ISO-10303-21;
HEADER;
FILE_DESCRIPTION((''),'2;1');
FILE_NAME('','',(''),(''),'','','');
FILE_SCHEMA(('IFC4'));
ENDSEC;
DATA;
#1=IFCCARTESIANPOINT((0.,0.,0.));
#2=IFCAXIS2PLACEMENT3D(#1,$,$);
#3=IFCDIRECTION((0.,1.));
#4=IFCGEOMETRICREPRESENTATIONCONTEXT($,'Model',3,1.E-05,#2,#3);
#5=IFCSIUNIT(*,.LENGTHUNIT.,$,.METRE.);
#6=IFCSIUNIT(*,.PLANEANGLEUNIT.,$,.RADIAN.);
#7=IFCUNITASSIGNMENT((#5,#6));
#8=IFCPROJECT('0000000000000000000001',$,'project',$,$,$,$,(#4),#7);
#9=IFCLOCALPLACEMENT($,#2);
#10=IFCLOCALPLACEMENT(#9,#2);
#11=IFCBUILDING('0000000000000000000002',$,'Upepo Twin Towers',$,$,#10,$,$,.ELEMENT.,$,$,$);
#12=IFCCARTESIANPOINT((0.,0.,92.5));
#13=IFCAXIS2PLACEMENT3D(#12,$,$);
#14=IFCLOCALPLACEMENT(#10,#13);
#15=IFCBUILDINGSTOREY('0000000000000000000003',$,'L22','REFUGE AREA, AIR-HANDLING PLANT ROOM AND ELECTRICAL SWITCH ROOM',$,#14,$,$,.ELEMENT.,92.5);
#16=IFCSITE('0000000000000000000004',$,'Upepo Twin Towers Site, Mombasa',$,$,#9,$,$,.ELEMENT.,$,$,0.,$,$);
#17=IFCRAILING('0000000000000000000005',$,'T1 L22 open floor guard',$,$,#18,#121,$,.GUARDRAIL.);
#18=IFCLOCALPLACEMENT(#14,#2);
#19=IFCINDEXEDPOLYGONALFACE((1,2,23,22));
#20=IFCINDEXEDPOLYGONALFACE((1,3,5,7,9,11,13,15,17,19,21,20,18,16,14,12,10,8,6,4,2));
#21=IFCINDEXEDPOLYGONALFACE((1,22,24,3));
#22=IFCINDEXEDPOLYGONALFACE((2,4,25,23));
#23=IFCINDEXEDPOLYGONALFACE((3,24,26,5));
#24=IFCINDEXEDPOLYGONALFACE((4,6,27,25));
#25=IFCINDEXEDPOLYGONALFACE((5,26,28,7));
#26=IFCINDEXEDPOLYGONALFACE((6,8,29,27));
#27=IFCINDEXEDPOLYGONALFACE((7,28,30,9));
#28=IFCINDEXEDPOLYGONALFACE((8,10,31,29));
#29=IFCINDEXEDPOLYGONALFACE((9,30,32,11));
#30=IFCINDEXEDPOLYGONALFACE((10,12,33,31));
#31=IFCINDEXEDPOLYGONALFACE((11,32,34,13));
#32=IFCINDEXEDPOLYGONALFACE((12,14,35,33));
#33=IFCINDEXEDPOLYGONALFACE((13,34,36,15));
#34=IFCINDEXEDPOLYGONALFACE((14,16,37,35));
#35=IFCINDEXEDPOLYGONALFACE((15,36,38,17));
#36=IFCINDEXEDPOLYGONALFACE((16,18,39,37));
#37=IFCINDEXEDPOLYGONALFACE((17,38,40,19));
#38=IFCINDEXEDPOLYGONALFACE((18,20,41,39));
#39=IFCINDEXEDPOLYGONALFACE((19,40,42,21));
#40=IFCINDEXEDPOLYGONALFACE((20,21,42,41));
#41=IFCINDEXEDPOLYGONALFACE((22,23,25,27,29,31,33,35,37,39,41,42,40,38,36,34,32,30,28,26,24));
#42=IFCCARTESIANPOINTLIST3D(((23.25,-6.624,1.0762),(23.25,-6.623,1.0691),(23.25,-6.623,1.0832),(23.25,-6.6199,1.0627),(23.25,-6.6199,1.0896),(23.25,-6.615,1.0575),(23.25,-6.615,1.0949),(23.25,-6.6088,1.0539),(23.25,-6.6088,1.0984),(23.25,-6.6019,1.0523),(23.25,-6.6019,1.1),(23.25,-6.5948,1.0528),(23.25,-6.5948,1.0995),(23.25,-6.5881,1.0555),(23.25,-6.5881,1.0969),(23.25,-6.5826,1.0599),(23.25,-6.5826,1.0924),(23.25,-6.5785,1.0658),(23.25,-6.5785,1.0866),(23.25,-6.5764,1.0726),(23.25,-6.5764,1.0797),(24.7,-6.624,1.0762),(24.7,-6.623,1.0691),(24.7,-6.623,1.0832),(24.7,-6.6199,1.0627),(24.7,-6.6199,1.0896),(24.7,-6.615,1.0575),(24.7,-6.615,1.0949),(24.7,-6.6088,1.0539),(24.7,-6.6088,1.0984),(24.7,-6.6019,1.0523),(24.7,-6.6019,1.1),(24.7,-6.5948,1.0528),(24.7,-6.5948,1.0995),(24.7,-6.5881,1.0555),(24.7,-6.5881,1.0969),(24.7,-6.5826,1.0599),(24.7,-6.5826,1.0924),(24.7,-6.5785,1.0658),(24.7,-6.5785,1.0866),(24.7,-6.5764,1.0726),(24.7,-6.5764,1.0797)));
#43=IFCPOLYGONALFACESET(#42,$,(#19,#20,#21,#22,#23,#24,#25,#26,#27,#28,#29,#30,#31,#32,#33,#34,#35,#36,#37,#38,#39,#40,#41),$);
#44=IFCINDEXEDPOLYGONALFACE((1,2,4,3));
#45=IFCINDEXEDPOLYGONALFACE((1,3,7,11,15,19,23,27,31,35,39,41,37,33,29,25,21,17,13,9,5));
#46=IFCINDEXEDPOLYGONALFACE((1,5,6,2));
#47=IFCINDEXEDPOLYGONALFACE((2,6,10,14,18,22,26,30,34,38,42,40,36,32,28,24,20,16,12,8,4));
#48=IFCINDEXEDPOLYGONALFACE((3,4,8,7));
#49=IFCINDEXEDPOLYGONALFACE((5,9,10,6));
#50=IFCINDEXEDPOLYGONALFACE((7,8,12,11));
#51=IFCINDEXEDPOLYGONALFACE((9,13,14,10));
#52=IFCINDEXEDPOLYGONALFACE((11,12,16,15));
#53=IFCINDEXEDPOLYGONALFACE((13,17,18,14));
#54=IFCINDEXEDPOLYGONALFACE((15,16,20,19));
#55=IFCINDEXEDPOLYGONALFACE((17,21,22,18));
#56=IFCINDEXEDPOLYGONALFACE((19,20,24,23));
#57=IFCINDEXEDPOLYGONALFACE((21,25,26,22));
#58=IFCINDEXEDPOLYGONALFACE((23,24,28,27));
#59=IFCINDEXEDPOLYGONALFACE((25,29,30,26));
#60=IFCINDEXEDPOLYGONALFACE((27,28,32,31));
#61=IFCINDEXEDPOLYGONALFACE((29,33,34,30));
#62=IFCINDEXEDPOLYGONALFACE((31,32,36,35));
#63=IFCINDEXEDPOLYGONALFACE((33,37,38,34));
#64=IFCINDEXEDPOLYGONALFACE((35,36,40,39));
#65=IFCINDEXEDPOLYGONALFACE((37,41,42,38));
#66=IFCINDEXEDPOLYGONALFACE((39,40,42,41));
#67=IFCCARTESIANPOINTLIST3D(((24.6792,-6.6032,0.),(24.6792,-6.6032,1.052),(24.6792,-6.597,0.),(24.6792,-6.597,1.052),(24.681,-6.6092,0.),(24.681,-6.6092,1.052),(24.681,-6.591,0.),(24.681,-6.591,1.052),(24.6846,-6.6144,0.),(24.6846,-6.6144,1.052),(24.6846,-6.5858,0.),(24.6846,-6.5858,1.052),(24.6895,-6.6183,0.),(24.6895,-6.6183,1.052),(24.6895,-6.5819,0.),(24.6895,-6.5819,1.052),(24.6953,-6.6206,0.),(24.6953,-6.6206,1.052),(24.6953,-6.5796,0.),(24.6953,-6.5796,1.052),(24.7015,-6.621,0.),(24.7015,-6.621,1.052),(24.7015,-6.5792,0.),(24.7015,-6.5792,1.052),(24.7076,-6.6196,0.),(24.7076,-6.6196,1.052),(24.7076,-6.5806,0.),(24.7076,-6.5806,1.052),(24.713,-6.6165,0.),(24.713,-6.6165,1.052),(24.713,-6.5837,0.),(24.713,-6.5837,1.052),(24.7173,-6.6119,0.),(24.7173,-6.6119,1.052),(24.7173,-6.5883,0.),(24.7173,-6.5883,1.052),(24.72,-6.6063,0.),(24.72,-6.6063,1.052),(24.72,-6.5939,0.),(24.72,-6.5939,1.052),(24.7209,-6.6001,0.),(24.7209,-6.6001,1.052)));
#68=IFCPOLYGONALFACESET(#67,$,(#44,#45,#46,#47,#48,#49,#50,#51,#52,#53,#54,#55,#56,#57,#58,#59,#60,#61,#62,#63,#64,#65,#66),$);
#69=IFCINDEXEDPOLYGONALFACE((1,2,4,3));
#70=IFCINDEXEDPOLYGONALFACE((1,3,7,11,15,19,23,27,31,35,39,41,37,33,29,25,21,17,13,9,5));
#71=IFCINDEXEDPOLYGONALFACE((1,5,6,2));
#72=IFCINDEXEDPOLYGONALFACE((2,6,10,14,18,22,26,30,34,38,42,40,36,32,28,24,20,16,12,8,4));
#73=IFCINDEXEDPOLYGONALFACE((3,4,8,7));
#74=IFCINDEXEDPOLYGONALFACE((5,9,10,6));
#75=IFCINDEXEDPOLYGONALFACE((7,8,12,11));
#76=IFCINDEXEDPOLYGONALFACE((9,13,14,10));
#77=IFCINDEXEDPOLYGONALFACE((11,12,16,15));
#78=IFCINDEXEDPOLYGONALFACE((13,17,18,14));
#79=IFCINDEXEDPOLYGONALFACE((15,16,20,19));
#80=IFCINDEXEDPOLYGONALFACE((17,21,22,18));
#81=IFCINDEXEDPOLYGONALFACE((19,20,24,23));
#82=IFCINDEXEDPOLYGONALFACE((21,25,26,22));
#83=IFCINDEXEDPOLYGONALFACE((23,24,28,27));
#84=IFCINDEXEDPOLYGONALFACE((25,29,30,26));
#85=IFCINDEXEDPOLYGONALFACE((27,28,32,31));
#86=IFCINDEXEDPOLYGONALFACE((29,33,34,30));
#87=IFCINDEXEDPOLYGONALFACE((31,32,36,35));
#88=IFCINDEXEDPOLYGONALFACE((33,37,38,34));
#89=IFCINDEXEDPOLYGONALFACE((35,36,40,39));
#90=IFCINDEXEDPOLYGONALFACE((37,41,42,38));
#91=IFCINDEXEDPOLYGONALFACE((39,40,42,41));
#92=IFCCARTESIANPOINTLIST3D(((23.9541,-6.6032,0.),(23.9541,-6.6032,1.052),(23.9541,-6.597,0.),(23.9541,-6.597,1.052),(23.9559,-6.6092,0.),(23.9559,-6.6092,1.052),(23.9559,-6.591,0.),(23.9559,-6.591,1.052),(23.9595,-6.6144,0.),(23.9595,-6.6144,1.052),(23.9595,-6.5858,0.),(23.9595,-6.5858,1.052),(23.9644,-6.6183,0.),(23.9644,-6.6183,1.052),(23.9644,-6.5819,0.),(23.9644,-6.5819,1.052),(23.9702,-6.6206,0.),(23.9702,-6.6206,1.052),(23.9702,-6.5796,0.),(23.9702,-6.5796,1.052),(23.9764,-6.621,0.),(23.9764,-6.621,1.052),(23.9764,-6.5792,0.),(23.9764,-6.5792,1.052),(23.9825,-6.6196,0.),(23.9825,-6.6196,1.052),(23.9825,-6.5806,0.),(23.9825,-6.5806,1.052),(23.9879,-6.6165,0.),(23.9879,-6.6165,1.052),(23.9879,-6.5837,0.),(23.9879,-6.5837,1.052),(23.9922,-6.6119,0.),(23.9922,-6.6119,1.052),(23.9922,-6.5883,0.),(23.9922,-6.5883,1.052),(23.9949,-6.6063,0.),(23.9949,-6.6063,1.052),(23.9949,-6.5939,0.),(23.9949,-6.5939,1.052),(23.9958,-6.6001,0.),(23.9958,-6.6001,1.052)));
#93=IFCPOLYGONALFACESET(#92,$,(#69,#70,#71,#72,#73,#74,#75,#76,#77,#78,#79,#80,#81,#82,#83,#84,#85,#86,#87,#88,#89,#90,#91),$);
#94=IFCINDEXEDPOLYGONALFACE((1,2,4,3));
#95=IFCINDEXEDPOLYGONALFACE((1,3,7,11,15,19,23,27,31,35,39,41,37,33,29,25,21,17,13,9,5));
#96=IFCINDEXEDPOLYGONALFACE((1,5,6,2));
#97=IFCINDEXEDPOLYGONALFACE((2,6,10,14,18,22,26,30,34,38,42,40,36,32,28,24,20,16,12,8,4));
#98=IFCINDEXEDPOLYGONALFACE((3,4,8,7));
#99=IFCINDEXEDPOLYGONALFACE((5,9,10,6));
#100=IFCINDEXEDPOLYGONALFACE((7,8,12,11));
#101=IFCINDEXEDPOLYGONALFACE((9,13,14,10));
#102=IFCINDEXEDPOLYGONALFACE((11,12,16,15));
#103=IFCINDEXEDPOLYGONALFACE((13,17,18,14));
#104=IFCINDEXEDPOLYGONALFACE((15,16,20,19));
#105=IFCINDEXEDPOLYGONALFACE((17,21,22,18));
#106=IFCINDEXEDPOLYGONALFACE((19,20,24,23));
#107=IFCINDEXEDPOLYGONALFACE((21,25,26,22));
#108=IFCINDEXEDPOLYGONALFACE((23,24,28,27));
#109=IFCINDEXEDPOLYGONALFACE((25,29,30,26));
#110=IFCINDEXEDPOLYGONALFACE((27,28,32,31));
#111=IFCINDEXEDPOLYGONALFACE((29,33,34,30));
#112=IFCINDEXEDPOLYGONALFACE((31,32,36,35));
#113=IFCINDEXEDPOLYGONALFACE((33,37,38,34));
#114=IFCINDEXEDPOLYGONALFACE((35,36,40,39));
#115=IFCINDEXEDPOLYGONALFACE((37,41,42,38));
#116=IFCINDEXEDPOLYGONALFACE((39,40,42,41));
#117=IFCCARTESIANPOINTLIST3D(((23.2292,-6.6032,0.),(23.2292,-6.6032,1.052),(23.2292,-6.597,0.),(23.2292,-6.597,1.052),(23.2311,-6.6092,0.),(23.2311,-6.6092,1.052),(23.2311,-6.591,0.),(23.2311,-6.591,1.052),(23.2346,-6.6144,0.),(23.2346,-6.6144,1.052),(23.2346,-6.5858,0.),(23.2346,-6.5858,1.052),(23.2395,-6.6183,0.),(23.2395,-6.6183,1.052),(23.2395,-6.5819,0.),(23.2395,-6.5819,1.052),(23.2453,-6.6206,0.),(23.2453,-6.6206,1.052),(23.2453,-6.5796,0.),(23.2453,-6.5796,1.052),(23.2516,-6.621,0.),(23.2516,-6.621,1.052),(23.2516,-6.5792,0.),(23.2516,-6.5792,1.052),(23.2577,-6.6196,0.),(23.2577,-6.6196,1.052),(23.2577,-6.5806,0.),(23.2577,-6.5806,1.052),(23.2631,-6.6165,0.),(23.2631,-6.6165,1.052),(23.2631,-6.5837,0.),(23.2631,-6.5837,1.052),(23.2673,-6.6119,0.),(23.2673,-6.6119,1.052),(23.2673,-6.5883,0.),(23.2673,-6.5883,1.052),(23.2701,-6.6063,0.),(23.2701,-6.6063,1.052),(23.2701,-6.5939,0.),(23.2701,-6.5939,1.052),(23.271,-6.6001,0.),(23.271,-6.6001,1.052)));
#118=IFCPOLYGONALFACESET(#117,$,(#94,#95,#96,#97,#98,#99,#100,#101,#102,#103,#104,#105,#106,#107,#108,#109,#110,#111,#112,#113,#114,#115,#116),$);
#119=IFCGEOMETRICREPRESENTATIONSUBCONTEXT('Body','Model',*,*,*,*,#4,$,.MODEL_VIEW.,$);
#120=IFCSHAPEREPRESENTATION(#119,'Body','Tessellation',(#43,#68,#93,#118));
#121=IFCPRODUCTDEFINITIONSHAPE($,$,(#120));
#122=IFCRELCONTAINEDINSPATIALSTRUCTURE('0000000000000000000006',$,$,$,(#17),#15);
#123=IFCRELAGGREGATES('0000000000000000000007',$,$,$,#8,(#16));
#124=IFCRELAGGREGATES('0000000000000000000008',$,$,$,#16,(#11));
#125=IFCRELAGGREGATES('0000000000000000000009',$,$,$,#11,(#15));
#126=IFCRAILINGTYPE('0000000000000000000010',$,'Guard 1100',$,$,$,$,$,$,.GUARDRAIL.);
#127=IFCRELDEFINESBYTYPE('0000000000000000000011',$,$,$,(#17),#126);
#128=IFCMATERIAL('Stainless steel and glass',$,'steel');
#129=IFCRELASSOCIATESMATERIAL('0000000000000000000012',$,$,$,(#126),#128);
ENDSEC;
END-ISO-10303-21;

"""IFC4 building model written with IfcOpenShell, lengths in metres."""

from ifc_helpers import new_model, si_unit, direction, frame, origin, origin_2d, place, context, subcontext, project, spatial, circle, extrude, material, type_object, element, save


model = new_model("IFC4")

# Units and contexts
model_context = context("Model", 3, precision=1e-05, world=origin(), true_north=direction((0.0, 1.0)))
body_context = subcontext(model_context, "Body", "Model", "MODEL_VIEW")
ifc_project = project(units=[si_unit("LENGTHUNIT", "METRE"), si_unit("PLANEANGLEUNIT", "RADIAN")], contexts=[model_context])

# Site, building, storey
site_placement = place(None, origin())
site = spatial("IfcSite", under=ifc_project, at=site_placement, Name="Upepo Twin Towers Site, Mombasa", CompositionType="ELEMENT", RefElevation=0.0)
building_placement = place(site_placement, origin())
building = spatial("IfcBuilding", under=site, at=building_placement, Name="Upepo Twin Towers", CompositionType="ELEMENT")
storey_placement = place(building_placement, frame((0.0, 0.0, 92.5)))
storey = spatial("IfcBuildingStorey", under=building, at=storey_placement, Name="L22", Description="REFUGE AREA, AIR-HANDLING PLANT ROOM AND ELECTRICAL SWITCH ROOM", CompositionType="ELEMENT", Elevation=92.5)

# Railing
ifc_material_1 = material(Name="Stainless steel and glass", Category="steel")
railing_type_1 = type_object("IfcRailingType", Name="Guard 1100", PredefinedType="GUARDRAIL", material=ifc_material_1)
railing_1_placement = place(storey_placement, frame((24.7, -6.6001, 0.0)))
element("IfcRailing", 1, at=railing_1_placement, inside=storey, type_object=railing_type_1, Name="T1 L22 open floor guard", PredefinedType="GUARDRAIL", context=body_context, shape_type="SweptSolid", body=[
    extrude(circle(Radius=0.0239, at=origin_2d()), frame((0.0, 0.0, 1.0762), z_axis=(-1.0, 0.0, 0.0), x_axis=(0.0, -1.0, 0.0)), (0.0, 0.0, 1.0), 1.45),
    extrude(circle(Radius=0.021, at=origin_2d()), origin(), (0.0, 0.0, 1.0), 1.052),
    extrude(circle(Radius=0.021, at=origin_2d()), frame((-0.7251, 0.0, 0.0)), (0.0, 0.0, 1.0), 1.052),
    extrude(circle(Radius=0.021, at=origin_2d()), frame((-1.45, 0.0, 0.0)), (0.0, 0.0, 1.0), 1.052),
])

save(model, "model.ifc")
